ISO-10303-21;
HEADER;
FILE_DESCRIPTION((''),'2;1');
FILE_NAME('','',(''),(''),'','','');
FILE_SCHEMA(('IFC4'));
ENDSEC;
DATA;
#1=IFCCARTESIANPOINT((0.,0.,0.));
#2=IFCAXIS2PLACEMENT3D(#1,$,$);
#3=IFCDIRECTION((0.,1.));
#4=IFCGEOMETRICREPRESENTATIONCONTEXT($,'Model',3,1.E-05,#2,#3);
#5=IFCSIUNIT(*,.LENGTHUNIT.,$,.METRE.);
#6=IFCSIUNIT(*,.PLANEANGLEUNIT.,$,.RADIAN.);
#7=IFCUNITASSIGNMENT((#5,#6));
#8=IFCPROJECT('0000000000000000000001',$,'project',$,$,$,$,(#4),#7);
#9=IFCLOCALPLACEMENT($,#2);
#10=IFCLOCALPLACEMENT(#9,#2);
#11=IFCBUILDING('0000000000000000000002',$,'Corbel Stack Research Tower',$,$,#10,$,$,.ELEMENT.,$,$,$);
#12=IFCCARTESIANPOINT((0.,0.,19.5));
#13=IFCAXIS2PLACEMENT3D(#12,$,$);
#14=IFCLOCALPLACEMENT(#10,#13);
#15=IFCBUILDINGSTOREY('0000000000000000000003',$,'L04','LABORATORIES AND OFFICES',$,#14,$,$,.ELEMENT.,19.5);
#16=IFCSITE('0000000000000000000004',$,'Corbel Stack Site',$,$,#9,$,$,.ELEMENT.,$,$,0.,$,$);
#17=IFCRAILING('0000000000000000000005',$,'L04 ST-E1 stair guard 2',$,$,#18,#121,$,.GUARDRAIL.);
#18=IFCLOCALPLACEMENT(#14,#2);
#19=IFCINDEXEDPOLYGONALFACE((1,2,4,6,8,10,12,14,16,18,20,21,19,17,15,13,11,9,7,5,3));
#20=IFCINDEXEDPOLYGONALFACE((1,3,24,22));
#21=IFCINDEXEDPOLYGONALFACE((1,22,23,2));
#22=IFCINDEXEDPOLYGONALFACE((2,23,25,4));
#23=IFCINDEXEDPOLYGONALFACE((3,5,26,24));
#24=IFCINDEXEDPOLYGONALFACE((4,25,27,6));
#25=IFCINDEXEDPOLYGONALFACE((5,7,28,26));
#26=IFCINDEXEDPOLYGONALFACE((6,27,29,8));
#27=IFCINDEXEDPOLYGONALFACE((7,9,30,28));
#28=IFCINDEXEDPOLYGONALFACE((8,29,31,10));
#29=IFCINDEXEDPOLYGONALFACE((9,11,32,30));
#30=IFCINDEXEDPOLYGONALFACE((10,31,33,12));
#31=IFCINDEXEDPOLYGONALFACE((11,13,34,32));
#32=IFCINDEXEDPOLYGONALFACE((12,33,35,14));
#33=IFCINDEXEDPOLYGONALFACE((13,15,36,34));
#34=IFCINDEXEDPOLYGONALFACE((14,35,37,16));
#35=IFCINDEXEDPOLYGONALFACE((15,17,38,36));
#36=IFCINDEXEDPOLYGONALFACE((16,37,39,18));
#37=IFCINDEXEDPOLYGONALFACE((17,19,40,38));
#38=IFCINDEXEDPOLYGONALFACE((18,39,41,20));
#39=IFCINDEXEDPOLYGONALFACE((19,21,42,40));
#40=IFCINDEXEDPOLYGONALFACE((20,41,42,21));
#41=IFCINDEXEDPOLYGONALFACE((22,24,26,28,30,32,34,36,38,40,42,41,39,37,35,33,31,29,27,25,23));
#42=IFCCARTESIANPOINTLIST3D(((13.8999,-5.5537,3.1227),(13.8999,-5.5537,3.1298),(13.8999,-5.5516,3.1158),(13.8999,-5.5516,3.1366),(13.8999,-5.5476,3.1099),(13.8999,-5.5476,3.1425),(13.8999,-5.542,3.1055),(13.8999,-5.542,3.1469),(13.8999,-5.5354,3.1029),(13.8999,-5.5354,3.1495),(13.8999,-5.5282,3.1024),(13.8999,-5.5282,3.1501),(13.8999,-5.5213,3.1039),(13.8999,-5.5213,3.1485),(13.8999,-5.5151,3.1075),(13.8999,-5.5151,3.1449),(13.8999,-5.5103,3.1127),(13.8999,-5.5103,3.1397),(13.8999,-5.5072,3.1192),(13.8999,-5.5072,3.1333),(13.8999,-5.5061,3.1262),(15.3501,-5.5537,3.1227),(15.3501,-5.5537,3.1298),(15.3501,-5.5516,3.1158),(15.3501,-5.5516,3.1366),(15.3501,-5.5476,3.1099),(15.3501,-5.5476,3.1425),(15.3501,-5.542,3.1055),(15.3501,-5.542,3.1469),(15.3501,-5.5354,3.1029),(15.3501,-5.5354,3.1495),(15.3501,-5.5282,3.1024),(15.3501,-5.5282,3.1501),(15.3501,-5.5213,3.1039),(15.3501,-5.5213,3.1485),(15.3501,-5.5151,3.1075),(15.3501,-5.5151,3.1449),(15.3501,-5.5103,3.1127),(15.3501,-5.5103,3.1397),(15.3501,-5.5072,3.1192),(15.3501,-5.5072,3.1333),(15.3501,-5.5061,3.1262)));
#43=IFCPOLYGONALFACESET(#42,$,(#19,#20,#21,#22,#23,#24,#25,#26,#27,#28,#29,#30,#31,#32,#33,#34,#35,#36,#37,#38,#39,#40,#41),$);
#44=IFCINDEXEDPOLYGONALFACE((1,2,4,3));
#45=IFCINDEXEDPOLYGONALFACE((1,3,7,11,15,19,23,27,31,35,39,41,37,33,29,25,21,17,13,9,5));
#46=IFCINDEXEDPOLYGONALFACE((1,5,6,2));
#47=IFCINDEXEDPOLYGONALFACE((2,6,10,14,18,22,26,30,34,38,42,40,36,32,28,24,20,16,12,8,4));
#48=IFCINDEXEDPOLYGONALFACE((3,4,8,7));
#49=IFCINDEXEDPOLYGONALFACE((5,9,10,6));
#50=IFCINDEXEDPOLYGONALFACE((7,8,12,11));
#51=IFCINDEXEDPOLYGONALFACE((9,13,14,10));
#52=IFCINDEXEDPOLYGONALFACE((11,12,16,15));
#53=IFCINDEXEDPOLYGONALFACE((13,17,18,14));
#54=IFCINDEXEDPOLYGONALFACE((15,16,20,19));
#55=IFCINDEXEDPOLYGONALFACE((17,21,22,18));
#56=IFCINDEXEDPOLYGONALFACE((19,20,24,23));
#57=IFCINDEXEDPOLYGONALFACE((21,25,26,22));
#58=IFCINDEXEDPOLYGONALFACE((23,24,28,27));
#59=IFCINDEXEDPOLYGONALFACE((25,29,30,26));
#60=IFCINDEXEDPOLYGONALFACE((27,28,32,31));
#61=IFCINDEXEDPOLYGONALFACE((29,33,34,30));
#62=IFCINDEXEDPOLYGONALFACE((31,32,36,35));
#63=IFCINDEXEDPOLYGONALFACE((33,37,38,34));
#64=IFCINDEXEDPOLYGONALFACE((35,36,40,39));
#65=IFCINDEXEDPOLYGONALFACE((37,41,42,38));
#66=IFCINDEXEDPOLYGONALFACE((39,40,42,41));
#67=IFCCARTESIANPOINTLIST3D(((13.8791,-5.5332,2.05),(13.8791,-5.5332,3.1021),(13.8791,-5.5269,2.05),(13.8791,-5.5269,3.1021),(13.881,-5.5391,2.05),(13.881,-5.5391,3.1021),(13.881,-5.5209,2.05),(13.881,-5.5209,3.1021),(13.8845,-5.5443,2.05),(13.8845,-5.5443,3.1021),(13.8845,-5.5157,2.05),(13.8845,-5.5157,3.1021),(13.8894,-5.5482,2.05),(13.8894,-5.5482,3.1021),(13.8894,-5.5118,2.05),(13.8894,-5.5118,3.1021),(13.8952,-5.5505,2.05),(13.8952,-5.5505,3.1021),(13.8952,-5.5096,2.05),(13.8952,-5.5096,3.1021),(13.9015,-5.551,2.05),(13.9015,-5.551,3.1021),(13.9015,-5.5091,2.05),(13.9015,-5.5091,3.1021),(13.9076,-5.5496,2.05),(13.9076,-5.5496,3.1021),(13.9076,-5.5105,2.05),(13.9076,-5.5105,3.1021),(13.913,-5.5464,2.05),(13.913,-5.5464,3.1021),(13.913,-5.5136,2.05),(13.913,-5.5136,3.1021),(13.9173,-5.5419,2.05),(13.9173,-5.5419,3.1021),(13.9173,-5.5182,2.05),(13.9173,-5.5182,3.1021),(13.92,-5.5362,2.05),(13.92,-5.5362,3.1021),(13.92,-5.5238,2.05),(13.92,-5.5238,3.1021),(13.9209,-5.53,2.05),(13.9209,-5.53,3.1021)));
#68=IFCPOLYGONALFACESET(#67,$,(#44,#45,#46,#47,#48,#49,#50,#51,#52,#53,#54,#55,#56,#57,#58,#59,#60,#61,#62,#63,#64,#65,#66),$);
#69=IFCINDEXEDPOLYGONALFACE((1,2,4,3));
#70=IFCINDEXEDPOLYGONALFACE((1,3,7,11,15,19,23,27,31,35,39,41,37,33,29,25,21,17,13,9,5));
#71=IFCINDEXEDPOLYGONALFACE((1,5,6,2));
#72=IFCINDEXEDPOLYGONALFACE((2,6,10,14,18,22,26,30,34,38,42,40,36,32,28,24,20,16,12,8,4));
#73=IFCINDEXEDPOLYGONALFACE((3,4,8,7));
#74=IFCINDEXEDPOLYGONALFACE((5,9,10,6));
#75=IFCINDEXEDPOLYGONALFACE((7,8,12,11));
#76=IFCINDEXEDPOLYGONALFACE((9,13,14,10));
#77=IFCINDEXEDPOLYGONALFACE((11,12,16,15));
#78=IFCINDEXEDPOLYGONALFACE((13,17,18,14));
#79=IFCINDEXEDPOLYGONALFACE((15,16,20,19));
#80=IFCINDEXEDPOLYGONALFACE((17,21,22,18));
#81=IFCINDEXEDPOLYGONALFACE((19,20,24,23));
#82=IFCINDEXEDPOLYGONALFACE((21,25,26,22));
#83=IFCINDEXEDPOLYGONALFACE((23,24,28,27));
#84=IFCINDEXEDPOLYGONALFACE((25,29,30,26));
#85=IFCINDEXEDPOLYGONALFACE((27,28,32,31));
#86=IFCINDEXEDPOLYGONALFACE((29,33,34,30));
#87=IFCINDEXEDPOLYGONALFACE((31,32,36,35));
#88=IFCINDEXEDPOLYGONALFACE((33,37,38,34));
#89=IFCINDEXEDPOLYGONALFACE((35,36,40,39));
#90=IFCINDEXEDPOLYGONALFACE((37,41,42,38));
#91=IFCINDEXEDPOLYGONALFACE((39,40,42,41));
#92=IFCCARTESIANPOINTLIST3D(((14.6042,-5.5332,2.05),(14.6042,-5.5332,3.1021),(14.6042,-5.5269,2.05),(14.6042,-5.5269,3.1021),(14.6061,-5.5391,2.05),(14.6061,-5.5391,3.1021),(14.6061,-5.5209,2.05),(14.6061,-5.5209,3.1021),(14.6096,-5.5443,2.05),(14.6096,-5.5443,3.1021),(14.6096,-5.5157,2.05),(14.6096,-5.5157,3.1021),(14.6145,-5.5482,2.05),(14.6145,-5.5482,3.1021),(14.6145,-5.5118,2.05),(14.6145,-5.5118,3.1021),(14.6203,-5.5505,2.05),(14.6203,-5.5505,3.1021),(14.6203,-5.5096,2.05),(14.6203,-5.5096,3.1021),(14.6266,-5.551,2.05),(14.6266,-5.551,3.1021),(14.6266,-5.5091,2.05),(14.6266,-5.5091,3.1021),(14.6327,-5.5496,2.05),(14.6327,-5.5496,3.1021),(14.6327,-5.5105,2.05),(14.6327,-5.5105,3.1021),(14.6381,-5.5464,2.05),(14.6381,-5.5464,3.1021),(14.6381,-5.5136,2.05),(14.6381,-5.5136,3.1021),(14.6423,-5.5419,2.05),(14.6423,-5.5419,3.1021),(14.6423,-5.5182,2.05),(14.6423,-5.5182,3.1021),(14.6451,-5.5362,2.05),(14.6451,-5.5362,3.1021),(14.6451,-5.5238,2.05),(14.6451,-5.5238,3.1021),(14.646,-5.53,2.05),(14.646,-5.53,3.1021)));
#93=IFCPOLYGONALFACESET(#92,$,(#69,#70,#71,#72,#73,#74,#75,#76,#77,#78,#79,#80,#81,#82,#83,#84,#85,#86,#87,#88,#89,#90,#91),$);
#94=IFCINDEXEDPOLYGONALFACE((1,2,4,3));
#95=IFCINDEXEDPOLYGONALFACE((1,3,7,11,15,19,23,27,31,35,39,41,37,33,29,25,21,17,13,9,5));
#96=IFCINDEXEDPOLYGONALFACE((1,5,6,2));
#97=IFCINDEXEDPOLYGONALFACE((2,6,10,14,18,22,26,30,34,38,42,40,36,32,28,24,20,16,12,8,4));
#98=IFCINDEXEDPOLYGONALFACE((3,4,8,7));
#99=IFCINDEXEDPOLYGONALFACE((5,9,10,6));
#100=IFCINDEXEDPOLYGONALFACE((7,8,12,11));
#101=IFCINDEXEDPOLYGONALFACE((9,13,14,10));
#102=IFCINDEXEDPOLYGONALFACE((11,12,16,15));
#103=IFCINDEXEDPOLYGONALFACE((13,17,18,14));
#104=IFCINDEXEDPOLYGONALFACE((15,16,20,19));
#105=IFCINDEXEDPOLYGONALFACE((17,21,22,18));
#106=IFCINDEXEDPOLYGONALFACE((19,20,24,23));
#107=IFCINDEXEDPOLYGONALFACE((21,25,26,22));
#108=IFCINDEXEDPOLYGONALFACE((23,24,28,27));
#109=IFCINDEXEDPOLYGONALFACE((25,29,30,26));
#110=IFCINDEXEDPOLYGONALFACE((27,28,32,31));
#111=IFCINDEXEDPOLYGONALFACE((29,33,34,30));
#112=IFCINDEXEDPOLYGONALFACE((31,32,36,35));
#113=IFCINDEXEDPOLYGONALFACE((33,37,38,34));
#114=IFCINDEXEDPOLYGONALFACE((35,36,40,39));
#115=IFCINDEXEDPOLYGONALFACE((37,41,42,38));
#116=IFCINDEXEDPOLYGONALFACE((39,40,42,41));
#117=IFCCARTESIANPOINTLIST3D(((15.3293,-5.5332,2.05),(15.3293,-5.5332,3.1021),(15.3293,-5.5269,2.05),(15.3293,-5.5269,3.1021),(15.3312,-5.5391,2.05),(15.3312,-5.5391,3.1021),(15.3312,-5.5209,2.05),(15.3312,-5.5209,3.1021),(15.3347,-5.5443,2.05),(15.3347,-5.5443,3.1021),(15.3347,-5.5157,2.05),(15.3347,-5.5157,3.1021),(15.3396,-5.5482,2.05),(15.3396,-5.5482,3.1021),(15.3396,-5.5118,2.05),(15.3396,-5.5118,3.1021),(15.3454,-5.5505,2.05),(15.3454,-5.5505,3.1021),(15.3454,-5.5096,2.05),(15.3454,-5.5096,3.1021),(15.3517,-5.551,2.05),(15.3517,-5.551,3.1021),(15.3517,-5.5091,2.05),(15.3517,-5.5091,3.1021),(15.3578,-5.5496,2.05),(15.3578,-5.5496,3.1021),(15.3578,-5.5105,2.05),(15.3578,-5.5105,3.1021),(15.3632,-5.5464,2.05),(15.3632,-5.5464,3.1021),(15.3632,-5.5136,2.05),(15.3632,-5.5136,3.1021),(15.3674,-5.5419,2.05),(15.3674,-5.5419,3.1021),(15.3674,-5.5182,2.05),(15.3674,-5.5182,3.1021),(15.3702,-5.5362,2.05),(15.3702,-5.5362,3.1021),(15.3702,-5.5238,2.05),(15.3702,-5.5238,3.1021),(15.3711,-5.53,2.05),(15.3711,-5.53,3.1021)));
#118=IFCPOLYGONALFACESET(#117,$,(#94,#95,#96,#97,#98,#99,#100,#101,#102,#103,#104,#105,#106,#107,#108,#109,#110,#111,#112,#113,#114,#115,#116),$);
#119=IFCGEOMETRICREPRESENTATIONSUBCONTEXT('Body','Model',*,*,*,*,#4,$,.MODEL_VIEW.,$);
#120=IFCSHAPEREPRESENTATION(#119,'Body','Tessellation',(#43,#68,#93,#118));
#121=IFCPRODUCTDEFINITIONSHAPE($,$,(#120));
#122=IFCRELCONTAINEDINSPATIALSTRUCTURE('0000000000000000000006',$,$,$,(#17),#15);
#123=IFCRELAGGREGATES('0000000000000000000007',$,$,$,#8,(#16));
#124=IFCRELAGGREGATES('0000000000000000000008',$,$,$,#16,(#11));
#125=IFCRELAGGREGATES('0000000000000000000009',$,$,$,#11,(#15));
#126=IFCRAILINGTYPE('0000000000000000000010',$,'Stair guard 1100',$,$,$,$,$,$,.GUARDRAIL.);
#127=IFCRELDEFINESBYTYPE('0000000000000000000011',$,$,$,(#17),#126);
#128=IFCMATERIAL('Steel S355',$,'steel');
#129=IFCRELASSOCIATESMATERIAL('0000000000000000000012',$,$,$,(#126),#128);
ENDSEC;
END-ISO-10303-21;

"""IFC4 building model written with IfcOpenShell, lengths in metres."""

from ifc_helpers import new_model, si_unit, direction, frame, origin, origin_2d, place, context, subcontext, project, spatial, circle, extrude, material, type_object, element, save


model = new_model("IFC4")

# Units and contexts
model_context = context("Model", 3, precision=1e-05, world=origin(), true_north=direction((0.0, 1.0)))
body_context = subcontext(model_context, "Body", "Model", "MODEL_VIEW")
ifc_project = project(units=[si_unit("LENGTHUNIT", "METRE"), si_unit("PLANEANGLEUNIT", "RADIAN")], contexts=[model_context])

# Site, building, storey
site_placement = place(None, origin())
site = spatial("IfcSite", under=ifc_project, at=site_placement, Name="Corbel Stack Site", CompositionType="ELEMENT", RefElevation=0.0)
building_placement = place(site_placement, origin())
building = spatial("IfcBuilding", under=site, at=building_placement, Name="Corbel Stack Research Tower", CompositionType="ELEMENT")
storey_placement = place(building_placement, frame((0.0, 0.0, 19.5)))
storey = spatial("IfcBuildingStorey", under=building, at=storey_placement, Name="L04", Description="LABORATORIES AND OFFICES", CompositionType="ELEMENT", Elevation=19.5)

# Railing
ifc_material_1 = material(Name="Steel S355", Category="steel")
railing_type_1 = type_object("IfcRailingType", Name="Stair guard 1100", PredefinedType="GUARDRAIL", material=ifc_material_1)
railing_1_placement = place(storey_placement, frame((13.8999, -5.53, 2.05)))
element("IfcRailing", 1, at=railing_1_placement, inside=storey, type_object=railing_type_1, Name="L04 ST-E1 stair guard 2", PredefinedType="GUARDRAIL", context=body_context, shape_type="SweptSolid", body=[
    extrude(circle(Radius=0.0239, at=origin_2d()), frame((0.0, 0.0, 1.0762), z_axis=(1.0, 0.0, 0.0), x_axis=(0.0, 1.0, 0.0)), (0.0, 0.0, 1.0), 1.4502),
    extrude(circle(Radius=0.021, at=origin_2d()), origin(), (0.0, 0.0, 1.0), 1.052),
    extrude(circle(Radius=0.021, at=origin_2d()), frame((0.7251, 0.0, 0.0)), (0.0, 0.0, 1.0), 1.052),
    extrude(circle(Radius=0.021, at=origin_2d()), frame((1.4502, 0.0, 0.0)), (0.0, 0.0, 1.0), 1.052),
])

save(model, "model.ifc")
